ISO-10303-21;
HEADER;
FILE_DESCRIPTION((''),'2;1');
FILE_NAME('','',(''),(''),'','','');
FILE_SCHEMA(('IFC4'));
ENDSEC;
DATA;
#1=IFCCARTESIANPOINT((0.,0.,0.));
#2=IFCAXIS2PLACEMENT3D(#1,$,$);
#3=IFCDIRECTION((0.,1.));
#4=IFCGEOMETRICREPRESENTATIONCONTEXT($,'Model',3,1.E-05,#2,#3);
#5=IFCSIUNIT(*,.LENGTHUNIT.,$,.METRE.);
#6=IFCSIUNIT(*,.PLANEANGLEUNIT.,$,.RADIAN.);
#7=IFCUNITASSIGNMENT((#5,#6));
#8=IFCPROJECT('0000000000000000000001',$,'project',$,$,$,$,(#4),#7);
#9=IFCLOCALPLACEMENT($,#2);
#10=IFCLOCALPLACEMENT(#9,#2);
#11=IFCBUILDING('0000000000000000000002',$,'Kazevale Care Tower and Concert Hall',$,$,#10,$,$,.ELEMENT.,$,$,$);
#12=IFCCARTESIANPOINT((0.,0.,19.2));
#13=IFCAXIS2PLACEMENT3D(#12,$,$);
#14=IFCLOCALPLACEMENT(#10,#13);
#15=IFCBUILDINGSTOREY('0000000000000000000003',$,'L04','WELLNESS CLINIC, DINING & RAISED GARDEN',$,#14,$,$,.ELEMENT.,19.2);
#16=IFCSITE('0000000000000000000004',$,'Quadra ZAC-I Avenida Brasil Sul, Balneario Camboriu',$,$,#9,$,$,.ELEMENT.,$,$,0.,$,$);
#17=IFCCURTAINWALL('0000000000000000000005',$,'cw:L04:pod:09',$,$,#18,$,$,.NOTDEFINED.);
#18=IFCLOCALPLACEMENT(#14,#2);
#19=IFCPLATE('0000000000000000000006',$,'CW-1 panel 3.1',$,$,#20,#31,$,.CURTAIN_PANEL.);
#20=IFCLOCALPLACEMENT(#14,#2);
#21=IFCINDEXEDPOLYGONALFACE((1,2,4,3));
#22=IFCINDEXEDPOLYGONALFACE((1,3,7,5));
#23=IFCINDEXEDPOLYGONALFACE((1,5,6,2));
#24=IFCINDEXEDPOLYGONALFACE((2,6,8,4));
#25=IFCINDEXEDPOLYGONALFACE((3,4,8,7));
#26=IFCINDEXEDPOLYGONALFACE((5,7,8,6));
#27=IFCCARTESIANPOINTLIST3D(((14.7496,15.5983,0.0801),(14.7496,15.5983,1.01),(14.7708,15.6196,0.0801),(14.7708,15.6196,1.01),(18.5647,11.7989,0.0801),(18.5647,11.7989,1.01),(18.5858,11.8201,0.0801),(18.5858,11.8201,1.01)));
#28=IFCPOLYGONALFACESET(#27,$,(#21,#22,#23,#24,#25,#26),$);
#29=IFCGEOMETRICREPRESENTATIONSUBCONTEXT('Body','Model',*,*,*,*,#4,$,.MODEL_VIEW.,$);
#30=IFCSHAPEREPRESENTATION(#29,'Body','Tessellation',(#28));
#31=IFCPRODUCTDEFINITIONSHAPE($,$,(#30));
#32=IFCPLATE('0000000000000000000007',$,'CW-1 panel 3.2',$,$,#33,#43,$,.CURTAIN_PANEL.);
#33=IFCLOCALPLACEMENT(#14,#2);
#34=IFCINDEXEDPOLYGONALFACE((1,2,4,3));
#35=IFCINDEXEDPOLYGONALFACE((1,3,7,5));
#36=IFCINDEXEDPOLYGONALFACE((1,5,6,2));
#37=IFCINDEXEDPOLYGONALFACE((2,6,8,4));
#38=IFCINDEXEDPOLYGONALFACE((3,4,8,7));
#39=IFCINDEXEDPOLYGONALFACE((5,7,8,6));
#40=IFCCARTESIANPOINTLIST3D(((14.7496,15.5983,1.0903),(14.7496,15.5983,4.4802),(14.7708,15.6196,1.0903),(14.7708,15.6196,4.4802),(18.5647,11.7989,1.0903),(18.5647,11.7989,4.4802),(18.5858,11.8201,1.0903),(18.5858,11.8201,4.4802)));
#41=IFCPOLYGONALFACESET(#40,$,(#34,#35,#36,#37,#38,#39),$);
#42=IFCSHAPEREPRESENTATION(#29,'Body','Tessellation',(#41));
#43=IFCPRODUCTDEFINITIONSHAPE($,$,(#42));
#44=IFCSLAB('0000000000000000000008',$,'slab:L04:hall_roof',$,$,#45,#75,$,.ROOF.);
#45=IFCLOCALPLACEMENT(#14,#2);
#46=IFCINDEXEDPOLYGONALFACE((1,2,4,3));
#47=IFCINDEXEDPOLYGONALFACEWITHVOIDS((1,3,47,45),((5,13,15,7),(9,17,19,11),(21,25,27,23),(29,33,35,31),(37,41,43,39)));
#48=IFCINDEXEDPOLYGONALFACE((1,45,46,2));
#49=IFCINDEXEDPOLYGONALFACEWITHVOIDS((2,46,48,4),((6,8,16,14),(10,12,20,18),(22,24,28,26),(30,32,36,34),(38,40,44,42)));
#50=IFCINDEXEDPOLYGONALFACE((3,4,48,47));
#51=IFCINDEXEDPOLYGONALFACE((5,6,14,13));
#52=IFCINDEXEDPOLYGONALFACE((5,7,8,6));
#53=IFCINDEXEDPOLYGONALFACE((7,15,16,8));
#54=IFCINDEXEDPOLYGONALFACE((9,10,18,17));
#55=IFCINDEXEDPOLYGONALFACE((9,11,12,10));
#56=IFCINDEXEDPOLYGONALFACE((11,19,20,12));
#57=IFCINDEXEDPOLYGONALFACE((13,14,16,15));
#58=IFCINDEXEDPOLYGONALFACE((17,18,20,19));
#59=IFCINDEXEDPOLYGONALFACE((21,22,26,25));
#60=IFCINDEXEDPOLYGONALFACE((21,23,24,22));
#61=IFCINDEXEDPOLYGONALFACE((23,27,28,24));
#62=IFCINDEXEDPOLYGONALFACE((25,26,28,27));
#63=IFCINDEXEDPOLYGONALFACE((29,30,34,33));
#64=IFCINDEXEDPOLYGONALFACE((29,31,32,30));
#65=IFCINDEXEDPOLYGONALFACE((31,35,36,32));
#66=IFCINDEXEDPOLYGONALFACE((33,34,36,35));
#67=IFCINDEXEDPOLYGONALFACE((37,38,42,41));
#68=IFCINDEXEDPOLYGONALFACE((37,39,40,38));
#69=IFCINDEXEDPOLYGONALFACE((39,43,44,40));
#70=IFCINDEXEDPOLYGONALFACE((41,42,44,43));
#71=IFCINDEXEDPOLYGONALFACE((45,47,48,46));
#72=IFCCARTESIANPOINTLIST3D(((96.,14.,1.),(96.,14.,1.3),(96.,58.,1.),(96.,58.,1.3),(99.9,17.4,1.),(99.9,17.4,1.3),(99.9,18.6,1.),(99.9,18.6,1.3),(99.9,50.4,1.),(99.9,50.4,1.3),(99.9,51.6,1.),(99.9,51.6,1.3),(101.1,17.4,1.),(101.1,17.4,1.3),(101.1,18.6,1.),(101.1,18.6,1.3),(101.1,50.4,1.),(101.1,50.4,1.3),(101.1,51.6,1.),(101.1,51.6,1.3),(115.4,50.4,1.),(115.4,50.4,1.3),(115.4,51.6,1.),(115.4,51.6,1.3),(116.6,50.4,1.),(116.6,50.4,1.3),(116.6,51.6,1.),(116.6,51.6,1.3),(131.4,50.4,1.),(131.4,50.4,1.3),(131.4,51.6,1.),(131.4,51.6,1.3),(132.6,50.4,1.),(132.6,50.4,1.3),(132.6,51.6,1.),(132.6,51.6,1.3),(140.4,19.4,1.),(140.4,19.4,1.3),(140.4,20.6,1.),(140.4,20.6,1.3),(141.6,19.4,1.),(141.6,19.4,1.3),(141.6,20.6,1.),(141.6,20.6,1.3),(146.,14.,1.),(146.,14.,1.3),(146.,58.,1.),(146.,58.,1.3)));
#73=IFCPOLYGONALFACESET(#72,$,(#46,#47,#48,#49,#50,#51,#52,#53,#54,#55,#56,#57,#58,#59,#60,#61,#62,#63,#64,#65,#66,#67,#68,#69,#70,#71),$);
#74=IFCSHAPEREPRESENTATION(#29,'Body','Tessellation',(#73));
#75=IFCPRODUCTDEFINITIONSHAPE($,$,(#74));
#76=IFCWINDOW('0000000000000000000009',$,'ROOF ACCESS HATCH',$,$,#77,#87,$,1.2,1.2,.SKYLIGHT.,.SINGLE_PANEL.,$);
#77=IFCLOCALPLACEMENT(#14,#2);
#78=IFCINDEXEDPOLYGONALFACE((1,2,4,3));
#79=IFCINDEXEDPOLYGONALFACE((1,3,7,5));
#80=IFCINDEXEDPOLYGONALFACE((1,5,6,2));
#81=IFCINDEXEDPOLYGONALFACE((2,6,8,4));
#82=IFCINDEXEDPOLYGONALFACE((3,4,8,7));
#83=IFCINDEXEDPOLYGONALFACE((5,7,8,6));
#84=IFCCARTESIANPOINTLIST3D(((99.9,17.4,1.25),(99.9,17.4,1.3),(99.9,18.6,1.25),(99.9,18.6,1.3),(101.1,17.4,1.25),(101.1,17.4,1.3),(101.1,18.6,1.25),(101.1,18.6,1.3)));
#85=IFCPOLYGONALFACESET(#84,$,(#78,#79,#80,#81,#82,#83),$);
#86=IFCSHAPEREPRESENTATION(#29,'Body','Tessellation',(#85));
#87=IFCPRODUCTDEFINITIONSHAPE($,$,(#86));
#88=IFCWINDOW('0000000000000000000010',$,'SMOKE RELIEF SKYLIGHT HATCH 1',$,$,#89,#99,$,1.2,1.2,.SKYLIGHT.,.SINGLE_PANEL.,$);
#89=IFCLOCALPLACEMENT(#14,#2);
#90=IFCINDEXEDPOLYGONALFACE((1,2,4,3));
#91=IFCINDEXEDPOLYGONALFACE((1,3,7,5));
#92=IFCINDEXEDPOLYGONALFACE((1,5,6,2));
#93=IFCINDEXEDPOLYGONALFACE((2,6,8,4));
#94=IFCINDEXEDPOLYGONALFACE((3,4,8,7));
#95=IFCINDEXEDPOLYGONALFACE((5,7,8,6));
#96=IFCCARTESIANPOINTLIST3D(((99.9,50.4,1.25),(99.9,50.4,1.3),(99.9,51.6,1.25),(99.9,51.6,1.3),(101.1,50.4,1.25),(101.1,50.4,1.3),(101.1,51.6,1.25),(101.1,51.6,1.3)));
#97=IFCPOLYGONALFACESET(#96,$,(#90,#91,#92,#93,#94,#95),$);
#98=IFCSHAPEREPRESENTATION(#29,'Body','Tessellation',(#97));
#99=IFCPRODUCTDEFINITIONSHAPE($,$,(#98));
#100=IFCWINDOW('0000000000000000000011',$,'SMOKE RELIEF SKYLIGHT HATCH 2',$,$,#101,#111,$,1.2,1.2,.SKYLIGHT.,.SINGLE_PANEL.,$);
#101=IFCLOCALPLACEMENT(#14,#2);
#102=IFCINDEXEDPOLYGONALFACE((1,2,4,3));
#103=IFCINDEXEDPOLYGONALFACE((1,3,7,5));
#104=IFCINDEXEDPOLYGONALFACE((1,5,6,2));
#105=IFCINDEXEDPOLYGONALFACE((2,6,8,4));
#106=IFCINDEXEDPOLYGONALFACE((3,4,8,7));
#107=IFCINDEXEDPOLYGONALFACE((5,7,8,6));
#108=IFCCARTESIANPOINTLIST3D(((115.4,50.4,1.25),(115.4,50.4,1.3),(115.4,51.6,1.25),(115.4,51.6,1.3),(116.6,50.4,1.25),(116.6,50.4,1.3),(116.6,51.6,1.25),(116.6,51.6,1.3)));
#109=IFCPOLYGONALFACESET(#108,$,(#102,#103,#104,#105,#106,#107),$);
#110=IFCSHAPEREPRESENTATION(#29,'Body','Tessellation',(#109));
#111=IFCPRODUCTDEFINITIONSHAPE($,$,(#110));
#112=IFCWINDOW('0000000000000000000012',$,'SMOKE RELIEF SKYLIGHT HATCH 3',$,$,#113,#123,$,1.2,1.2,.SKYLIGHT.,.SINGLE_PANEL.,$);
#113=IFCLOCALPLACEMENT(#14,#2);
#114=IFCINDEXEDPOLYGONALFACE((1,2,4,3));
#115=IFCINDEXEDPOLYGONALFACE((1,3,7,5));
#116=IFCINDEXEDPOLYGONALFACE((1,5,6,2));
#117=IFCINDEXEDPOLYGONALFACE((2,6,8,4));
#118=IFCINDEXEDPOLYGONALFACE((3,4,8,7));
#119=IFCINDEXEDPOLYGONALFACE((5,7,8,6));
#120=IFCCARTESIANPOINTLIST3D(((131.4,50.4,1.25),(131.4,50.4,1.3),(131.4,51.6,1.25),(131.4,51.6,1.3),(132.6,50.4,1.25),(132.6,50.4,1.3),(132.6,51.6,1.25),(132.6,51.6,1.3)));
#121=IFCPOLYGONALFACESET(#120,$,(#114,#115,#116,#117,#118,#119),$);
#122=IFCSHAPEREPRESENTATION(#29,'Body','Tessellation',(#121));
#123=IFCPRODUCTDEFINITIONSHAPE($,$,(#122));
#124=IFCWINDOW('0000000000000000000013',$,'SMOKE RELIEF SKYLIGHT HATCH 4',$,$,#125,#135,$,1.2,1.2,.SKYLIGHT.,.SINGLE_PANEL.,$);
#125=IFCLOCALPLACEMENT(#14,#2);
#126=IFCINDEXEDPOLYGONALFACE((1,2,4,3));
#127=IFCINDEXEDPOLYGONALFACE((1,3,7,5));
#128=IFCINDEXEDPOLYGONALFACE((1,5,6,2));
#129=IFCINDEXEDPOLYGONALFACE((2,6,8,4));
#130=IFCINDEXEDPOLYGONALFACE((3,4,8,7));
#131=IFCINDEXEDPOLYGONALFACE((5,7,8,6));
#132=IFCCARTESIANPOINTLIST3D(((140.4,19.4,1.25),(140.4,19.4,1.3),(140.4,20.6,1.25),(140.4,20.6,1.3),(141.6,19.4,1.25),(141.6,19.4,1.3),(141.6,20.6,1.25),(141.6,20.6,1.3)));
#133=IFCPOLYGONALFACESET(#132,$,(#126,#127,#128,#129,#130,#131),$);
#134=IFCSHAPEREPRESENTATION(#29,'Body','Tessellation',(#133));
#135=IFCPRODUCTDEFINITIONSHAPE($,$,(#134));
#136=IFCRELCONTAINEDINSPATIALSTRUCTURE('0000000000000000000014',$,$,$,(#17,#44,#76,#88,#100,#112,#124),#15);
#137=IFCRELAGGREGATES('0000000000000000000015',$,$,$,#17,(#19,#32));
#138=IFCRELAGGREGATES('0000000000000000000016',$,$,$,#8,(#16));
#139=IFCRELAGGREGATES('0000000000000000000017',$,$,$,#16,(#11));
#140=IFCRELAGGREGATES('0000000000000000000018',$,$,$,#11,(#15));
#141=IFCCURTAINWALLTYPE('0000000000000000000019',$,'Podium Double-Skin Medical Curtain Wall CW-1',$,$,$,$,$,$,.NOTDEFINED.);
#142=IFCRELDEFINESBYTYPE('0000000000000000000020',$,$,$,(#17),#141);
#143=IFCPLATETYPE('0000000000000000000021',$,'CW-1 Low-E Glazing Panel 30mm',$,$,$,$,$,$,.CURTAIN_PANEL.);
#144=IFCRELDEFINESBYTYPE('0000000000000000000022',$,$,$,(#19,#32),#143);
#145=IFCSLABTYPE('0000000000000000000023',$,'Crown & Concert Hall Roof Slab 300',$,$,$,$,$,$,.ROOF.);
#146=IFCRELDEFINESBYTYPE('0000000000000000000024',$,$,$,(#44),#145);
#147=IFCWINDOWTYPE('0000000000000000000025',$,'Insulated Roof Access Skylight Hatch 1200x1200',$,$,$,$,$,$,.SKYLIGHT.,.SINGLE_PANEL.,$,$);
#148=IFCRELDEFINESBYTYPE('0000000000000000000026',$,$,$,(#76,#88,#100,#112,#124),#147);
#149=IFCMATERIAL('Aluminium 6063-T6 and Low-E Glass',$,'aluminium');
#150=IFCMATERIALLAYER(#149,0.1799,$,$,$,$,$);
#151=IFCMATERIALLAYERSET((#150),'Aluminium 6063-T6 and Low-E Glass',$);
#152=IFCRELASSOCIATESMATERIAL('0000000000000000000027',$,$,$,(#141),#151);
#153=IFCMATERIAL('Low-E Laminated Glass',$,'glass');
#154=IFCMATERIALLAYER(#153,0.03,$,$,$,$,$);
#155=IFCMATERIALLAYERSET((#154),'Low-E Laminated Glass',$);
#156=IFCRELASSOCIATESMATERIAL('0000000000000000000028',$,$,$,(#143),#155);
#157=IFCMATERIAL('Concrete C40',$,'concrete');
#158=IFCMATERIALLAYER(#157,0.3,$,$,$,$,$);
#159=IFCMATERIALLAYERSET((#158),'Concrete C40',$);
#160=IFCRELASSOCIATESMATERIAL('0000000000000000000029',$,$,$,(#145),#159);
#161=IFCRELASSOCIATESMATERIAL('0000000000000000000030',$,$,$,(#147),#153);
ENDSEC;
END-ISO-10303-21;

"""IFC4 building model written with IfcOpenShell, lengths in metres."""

from ifc_helpers import new_model, si_unit, direction, frame, origin, origin_2d, place, context, subcontext, project, spatial, polyline, rectangle, outline, extrude, material, layer, layer_set, type_object, element, fill, aggregate, save


model = new_model("IFC4")

# Units and contexts
model_context = context("Model", 3, precision=1e-05, world=origin(), true_north=direction((0.0, 1.0)))
body_context = subcontext(model_context, "Body", "Model", "MODEL_VIEW")
ifc_project = project(units=[si_unit("LENGTHUNIT", "METRE"), si_unit("PLANEANGLEUNIT", "RADIAN")], contexts=[model_context])

# Site, building, storey
site_placement = place(None, origin())
site = spatial("IfcSite", under=ifc_project, at=site_placement, Name="Quadra ZAC-I Avenida Brasil Sul, Balneario Camboriu", CompositionType="ELEMENT", RefElevation=0.0)
building_placement = place(site_placement, origin())
building = spatial("IfcBuilding", under=site, at=building_placement, Name="Kazevale Care Tower and Concert Hall", CompositionType="ELEMENT")
storey_placement = place(building_placement, frame((0.0, 0.0, 19.2)))
storey = spatial("IfcBuildingStorey", under=building, at=storey_placement, Name="L04", Description="WELLNESS CLINIC, DINING & RAISED GARDEN", CompositionType="ELEMENT", Elevation=19.2)

# Curtain wall, plates
ifc_material_1 = material(Name="Aluminium 6063-T6 and Low-E Glass", Category="aluminium")
ifc_layer_1 = layer(ifc_material_1, 0.1799)
ifc_layer_set_1 = layer_set([ifc_layer_1], Name="Aluminium 6063-T6 and Low-E Glass")
curtain_wall_type = type_object("IfcCurtainWallType", Name="Podium Double-Skin Medical Curtain Wall CW-1", PredefinedType="NOTDEFINED", material=ifc_layer_set_1)
curtain_wall_placement = place(storey_placement, origin())
curtain_wall = element("IfcCurtainWall", 1, at=curtain_wall_placement, inside=storey, type_object=curtain_wall_type, Name="cw:L04:pod:09", PredefinedType="NOTDEFINED")
ifc_material_2 = material(Name="Low-E Laminated Glass", Category="glass")
ifc_layer_2 = layer(ifc_material_2, 0.03)
ifc_layer_set_2 = layer_set([ifc_layer_2], Name="Low-E Laminated Glass")
plate_type = type_object("IfcPlateType", Name="CW-1 Low-E Glazing Panel 30mm", PredefinedType="CURTAIN_PANEL", material=ifc_layer_set_2)
plate_1_placement = place(storey_placement, frame((16.6677, 13.7092, 0.0801), z_axis=(0.0, 0.0, 1.0), x_axis=(0.708555, -0.705656, 0.0)))
plate_1 = element("IfcPlate", 2, at=plate_1_placement, type_object=plate_type, Name="CW-1 panel 3.1", PredefinedType="CURTAIN_PANEL", context=body_context, shape_type="SweptSolid", body=[
    extrude(rectangle(XDim=5.3843, YDim=0.03, at=origin_2d()), origin(), (0.0, 0.0, 1.0), 0.9299),
])
plate_2_placement = place(storey_placement, frame((16.6677, 13.7092, 1.0903), z_axis=(0.0, 0.0, 1.0), x_axis=(0.708555, -0.705656, 0.0)))
plate_2 = element("IfcPlate", 3, at=plate_2_placement, type_object=plate_type, Name="CW-1 panel 3.2", PredefinedType="CURTAIN_PANEL", context=body_context, shape_type="SweptSolid", body=[
    extrude(rectangle(XDim=5.3843, YDim=0.03, at=origin_2d()), origin(), (0.0, 0.0, 1.0), 3.3899),
])
aggregate(curtain_wall, [plate_1, plate_2])

# Slab, openings, windows
ifc_material_3 = material(Name="Concrete C40", Category="concrete")
ifc_layer_3 = layer(ifc_material_3, 0.3)
ifc_layer_set_3 = layer_set([ifc_layer_3], Name="Concrete C40")
slab_type_1 = type_object("IfcSlabType", Name="Crown & Concert Hall Roof Slab 300", PredefinedType="ROOF", material=ifc_layer_set_3)
slab_1_placement = place(storey_placement, frame((0.0, 0.0, 1.0)))
slab_1 = element("IfcSlab", 4, at=slab_1_placement, inside=storey, type_object=slab_type_1, Name="slab:L04:hall_roof", PredefinedType="ROOF", context=body_context, shape_type="SweptSolid", body=[
    extrude(outline(polyline([(96.0, 14.0), (146.0, 14.0), (146.0, 58.0), (96.0, 58.0), (96.0, 14.0)])), origin(), (0.0, 0.0, 1.0), 0.3),
])
opening_1_placement = place(slab_1_placement, frame((100.5, 18.0, 0.0)))
opening_1 = element("IfcOpeningElement", 5, at=opening_1_placement, cuts=slab_1, PredefinedType="OPENING", context=body_context, shape_type="SweptSolid", body=[
    extrude(rectangle(XDim=1.2, YDim=1.2, at=origin_2d()), frame((0.0, 0.0, -0.01)), (0.0, 0.0, 1.0), 0.3201),
])
opening_2_placement = place(slab_1_placement, frame((100.5, 51.0, 0.0)))
opening_2 = element("IfcOpeningElement", 6, at=opening_2_placement, cuts=slab_1, PredefinedType="OPENING", context=body_context, shape_type="SweptSolid", body=[
    extrude(rectangle(XDim=1.2, YDim=1.2, at=origin_2d()), frame((0.0, 0.0, -0.01)), (0.0, 0.0, 1.0), 0.3201),
])
opening_3_placement = place(slab_1_placement, frame((116.0, 51.0, 0.0)))
opening_3 = element("IfcOpeningElement", 7, at=opening_3_placement, cuts=slab_1, PredefinedType="OPENING", context=body_context, shape_type="SweptSolid", body=[
    extrude(rectangle(XDim=1.2, YDim=1.2, at=origin_2d()), frame((0.0, 0.0, -0.01)), (0.0, 0.0, 1.0), 0.3201),
])
opening_4_placement = place(slab_1_placement, frame((132.0, 51.0, 0.0)))
opening_4 = element("IfcOpeningElement", 8, at=opening_4_placement, cuts=slab_1, PredefinedType="OPENING", context=body_context, shape_type="SweptSolid", body=[
    extrude(rectangle(XDim=1.2, YDim=1.2, at=origin_2d()), frame((0.0, 0.0, -0.01)), (0.0, 0.0, 1.0), 0.3201),
])
opening_5_placement = place(slab_1_placement, frame((141.0, 20.0, 0.0)))
opening_5 = element("IfcOpeningElement", 9, at=opening_5_placement, cuts=slab_1, PredefinedType="OPENING", context=body_context, shape_type="SweptSolid", body=[
    extrude(rectangle(XDim=1.2, YDim=1.2, at=origin_2d()), frame((0.0, 0.0, -0.01)), (0.0, 0.0, 1.0), 0.3201),
])
window_type_1 = type_object("IfcWindowType", Name="Insulated Roof Access Skylight Hatch 1200x1200", PartitioningType="SINGLE_PANEL", PredefinedType="SKYLIGHT", material=ifc_material_2)
window_1_placement = place(opening_1_placement, frame((0.0, 0.0, 0.25)))
window_1 = element("IfcWindow", 10, at=window_1_placement, inside=storey, type_object=window_type_1, Name="ROOF ACCESS HATCH", OverallHeight=1.2, OverallWidth=1.2, PartitioningType="SINGLE_PANEL", PredefinedType="SKYLIGHT", context=body_context, shape_type="SweptSolid", body=[
    extrude(rectangle(XDim=1.2, YDim=1.2, at=origin_2d()), origin(), (0.0, 0.0, 1.0), 0.05),
])
fill(opening_1, window_1)
window_2_placement = place(opening_2_placement, frame((0.0, 0.0, 0.25)))
window_2 = element("IfcWindow", 11, at=window_2_placement, inside=storey, type_object=window_type_1, Name="SMOKE RELIEF SKYLIGHT HATCH 1", OverallHeight=1.2, OverallWidth=1.2, PartitioningType="SINGLE_PANEL", PredefinedType="SKYLIGHT", context=body_context, shape_type="SweptSolid", body=[
    extrude(rectangle(XDim=1.2, YDim=1.2, at=origin_2d()), origin(), (0.0, 0.0, 1.0), 0.05),
])
fill(opening_2, window_2)
window_3_placement = place(opening_3_placement, frame((0.0, 0.0, 0.25)))
window_3 = element("IfcWindow", 12, at=window_3_placement, inside=storey, type_object=window_type_1, Name="SMOKE RELIEF SKYLIGHT HATCH 2", OverallHeight=1.2, OverallWidth=1.2, PartitioningType="SINGLE_PANEL", PredefinedType="SKYLIGHT", context=body_context, shape_type="SweptSolid", body=[
    extrude(rectangle(XDim=1.2, YDim=1.2, at=origin_2d()), origin(), (0.0, 0.0, 1.0), 0.05),
])
fill(opening_3, window_3)
window_4_placement = place(opening_4_placement, frame((0.0, 0.0, 0.25)))
window_4 = element("IfcWindow", 13, at=window_4_placement, inside=storey, type_object=window_type_1, Name="SMOKE RELIEF SKYLIGHT HATCH 3", OverallHeight=1.2, OverallWidth=1.2, PartitioningType="SINGLE_PANEL", PredefinedType="SKYLIGHT", context=body_context, shape_type="SweptSolid", body=[
    extrude(rectangle(XDim=1.2, YDim=1.2, at=origin_2d()), origin(), (0.0, 0.0, 1.0), 0.05),
])
fill(opening_4, window_4)
window_5_placement = place(opening_5_placement, frame((0.0, 0.0, 0.25)))
window_5 = element("IfcWindow", 14, at=window_5_placement, inside=storey, type_object=window_type_1, Name="SMOKE RELIEF SKYLIGHT HATCH 4", OverallHeight=1.2, OverallWidth=1.2, PartitioningType="SINGLE_PANEL", PredefinedType="SKYLIGHT", context=body_context, shape_type="SweptSolid", body=[
    extrude(rectangle(XDim=1.2, YDim=1.2, at=origin_2d()), origin(), (0.0, 0.0, 1.0), 0.05),
])
fill(opening_5, window_5)

save(model, "model.ifc")
